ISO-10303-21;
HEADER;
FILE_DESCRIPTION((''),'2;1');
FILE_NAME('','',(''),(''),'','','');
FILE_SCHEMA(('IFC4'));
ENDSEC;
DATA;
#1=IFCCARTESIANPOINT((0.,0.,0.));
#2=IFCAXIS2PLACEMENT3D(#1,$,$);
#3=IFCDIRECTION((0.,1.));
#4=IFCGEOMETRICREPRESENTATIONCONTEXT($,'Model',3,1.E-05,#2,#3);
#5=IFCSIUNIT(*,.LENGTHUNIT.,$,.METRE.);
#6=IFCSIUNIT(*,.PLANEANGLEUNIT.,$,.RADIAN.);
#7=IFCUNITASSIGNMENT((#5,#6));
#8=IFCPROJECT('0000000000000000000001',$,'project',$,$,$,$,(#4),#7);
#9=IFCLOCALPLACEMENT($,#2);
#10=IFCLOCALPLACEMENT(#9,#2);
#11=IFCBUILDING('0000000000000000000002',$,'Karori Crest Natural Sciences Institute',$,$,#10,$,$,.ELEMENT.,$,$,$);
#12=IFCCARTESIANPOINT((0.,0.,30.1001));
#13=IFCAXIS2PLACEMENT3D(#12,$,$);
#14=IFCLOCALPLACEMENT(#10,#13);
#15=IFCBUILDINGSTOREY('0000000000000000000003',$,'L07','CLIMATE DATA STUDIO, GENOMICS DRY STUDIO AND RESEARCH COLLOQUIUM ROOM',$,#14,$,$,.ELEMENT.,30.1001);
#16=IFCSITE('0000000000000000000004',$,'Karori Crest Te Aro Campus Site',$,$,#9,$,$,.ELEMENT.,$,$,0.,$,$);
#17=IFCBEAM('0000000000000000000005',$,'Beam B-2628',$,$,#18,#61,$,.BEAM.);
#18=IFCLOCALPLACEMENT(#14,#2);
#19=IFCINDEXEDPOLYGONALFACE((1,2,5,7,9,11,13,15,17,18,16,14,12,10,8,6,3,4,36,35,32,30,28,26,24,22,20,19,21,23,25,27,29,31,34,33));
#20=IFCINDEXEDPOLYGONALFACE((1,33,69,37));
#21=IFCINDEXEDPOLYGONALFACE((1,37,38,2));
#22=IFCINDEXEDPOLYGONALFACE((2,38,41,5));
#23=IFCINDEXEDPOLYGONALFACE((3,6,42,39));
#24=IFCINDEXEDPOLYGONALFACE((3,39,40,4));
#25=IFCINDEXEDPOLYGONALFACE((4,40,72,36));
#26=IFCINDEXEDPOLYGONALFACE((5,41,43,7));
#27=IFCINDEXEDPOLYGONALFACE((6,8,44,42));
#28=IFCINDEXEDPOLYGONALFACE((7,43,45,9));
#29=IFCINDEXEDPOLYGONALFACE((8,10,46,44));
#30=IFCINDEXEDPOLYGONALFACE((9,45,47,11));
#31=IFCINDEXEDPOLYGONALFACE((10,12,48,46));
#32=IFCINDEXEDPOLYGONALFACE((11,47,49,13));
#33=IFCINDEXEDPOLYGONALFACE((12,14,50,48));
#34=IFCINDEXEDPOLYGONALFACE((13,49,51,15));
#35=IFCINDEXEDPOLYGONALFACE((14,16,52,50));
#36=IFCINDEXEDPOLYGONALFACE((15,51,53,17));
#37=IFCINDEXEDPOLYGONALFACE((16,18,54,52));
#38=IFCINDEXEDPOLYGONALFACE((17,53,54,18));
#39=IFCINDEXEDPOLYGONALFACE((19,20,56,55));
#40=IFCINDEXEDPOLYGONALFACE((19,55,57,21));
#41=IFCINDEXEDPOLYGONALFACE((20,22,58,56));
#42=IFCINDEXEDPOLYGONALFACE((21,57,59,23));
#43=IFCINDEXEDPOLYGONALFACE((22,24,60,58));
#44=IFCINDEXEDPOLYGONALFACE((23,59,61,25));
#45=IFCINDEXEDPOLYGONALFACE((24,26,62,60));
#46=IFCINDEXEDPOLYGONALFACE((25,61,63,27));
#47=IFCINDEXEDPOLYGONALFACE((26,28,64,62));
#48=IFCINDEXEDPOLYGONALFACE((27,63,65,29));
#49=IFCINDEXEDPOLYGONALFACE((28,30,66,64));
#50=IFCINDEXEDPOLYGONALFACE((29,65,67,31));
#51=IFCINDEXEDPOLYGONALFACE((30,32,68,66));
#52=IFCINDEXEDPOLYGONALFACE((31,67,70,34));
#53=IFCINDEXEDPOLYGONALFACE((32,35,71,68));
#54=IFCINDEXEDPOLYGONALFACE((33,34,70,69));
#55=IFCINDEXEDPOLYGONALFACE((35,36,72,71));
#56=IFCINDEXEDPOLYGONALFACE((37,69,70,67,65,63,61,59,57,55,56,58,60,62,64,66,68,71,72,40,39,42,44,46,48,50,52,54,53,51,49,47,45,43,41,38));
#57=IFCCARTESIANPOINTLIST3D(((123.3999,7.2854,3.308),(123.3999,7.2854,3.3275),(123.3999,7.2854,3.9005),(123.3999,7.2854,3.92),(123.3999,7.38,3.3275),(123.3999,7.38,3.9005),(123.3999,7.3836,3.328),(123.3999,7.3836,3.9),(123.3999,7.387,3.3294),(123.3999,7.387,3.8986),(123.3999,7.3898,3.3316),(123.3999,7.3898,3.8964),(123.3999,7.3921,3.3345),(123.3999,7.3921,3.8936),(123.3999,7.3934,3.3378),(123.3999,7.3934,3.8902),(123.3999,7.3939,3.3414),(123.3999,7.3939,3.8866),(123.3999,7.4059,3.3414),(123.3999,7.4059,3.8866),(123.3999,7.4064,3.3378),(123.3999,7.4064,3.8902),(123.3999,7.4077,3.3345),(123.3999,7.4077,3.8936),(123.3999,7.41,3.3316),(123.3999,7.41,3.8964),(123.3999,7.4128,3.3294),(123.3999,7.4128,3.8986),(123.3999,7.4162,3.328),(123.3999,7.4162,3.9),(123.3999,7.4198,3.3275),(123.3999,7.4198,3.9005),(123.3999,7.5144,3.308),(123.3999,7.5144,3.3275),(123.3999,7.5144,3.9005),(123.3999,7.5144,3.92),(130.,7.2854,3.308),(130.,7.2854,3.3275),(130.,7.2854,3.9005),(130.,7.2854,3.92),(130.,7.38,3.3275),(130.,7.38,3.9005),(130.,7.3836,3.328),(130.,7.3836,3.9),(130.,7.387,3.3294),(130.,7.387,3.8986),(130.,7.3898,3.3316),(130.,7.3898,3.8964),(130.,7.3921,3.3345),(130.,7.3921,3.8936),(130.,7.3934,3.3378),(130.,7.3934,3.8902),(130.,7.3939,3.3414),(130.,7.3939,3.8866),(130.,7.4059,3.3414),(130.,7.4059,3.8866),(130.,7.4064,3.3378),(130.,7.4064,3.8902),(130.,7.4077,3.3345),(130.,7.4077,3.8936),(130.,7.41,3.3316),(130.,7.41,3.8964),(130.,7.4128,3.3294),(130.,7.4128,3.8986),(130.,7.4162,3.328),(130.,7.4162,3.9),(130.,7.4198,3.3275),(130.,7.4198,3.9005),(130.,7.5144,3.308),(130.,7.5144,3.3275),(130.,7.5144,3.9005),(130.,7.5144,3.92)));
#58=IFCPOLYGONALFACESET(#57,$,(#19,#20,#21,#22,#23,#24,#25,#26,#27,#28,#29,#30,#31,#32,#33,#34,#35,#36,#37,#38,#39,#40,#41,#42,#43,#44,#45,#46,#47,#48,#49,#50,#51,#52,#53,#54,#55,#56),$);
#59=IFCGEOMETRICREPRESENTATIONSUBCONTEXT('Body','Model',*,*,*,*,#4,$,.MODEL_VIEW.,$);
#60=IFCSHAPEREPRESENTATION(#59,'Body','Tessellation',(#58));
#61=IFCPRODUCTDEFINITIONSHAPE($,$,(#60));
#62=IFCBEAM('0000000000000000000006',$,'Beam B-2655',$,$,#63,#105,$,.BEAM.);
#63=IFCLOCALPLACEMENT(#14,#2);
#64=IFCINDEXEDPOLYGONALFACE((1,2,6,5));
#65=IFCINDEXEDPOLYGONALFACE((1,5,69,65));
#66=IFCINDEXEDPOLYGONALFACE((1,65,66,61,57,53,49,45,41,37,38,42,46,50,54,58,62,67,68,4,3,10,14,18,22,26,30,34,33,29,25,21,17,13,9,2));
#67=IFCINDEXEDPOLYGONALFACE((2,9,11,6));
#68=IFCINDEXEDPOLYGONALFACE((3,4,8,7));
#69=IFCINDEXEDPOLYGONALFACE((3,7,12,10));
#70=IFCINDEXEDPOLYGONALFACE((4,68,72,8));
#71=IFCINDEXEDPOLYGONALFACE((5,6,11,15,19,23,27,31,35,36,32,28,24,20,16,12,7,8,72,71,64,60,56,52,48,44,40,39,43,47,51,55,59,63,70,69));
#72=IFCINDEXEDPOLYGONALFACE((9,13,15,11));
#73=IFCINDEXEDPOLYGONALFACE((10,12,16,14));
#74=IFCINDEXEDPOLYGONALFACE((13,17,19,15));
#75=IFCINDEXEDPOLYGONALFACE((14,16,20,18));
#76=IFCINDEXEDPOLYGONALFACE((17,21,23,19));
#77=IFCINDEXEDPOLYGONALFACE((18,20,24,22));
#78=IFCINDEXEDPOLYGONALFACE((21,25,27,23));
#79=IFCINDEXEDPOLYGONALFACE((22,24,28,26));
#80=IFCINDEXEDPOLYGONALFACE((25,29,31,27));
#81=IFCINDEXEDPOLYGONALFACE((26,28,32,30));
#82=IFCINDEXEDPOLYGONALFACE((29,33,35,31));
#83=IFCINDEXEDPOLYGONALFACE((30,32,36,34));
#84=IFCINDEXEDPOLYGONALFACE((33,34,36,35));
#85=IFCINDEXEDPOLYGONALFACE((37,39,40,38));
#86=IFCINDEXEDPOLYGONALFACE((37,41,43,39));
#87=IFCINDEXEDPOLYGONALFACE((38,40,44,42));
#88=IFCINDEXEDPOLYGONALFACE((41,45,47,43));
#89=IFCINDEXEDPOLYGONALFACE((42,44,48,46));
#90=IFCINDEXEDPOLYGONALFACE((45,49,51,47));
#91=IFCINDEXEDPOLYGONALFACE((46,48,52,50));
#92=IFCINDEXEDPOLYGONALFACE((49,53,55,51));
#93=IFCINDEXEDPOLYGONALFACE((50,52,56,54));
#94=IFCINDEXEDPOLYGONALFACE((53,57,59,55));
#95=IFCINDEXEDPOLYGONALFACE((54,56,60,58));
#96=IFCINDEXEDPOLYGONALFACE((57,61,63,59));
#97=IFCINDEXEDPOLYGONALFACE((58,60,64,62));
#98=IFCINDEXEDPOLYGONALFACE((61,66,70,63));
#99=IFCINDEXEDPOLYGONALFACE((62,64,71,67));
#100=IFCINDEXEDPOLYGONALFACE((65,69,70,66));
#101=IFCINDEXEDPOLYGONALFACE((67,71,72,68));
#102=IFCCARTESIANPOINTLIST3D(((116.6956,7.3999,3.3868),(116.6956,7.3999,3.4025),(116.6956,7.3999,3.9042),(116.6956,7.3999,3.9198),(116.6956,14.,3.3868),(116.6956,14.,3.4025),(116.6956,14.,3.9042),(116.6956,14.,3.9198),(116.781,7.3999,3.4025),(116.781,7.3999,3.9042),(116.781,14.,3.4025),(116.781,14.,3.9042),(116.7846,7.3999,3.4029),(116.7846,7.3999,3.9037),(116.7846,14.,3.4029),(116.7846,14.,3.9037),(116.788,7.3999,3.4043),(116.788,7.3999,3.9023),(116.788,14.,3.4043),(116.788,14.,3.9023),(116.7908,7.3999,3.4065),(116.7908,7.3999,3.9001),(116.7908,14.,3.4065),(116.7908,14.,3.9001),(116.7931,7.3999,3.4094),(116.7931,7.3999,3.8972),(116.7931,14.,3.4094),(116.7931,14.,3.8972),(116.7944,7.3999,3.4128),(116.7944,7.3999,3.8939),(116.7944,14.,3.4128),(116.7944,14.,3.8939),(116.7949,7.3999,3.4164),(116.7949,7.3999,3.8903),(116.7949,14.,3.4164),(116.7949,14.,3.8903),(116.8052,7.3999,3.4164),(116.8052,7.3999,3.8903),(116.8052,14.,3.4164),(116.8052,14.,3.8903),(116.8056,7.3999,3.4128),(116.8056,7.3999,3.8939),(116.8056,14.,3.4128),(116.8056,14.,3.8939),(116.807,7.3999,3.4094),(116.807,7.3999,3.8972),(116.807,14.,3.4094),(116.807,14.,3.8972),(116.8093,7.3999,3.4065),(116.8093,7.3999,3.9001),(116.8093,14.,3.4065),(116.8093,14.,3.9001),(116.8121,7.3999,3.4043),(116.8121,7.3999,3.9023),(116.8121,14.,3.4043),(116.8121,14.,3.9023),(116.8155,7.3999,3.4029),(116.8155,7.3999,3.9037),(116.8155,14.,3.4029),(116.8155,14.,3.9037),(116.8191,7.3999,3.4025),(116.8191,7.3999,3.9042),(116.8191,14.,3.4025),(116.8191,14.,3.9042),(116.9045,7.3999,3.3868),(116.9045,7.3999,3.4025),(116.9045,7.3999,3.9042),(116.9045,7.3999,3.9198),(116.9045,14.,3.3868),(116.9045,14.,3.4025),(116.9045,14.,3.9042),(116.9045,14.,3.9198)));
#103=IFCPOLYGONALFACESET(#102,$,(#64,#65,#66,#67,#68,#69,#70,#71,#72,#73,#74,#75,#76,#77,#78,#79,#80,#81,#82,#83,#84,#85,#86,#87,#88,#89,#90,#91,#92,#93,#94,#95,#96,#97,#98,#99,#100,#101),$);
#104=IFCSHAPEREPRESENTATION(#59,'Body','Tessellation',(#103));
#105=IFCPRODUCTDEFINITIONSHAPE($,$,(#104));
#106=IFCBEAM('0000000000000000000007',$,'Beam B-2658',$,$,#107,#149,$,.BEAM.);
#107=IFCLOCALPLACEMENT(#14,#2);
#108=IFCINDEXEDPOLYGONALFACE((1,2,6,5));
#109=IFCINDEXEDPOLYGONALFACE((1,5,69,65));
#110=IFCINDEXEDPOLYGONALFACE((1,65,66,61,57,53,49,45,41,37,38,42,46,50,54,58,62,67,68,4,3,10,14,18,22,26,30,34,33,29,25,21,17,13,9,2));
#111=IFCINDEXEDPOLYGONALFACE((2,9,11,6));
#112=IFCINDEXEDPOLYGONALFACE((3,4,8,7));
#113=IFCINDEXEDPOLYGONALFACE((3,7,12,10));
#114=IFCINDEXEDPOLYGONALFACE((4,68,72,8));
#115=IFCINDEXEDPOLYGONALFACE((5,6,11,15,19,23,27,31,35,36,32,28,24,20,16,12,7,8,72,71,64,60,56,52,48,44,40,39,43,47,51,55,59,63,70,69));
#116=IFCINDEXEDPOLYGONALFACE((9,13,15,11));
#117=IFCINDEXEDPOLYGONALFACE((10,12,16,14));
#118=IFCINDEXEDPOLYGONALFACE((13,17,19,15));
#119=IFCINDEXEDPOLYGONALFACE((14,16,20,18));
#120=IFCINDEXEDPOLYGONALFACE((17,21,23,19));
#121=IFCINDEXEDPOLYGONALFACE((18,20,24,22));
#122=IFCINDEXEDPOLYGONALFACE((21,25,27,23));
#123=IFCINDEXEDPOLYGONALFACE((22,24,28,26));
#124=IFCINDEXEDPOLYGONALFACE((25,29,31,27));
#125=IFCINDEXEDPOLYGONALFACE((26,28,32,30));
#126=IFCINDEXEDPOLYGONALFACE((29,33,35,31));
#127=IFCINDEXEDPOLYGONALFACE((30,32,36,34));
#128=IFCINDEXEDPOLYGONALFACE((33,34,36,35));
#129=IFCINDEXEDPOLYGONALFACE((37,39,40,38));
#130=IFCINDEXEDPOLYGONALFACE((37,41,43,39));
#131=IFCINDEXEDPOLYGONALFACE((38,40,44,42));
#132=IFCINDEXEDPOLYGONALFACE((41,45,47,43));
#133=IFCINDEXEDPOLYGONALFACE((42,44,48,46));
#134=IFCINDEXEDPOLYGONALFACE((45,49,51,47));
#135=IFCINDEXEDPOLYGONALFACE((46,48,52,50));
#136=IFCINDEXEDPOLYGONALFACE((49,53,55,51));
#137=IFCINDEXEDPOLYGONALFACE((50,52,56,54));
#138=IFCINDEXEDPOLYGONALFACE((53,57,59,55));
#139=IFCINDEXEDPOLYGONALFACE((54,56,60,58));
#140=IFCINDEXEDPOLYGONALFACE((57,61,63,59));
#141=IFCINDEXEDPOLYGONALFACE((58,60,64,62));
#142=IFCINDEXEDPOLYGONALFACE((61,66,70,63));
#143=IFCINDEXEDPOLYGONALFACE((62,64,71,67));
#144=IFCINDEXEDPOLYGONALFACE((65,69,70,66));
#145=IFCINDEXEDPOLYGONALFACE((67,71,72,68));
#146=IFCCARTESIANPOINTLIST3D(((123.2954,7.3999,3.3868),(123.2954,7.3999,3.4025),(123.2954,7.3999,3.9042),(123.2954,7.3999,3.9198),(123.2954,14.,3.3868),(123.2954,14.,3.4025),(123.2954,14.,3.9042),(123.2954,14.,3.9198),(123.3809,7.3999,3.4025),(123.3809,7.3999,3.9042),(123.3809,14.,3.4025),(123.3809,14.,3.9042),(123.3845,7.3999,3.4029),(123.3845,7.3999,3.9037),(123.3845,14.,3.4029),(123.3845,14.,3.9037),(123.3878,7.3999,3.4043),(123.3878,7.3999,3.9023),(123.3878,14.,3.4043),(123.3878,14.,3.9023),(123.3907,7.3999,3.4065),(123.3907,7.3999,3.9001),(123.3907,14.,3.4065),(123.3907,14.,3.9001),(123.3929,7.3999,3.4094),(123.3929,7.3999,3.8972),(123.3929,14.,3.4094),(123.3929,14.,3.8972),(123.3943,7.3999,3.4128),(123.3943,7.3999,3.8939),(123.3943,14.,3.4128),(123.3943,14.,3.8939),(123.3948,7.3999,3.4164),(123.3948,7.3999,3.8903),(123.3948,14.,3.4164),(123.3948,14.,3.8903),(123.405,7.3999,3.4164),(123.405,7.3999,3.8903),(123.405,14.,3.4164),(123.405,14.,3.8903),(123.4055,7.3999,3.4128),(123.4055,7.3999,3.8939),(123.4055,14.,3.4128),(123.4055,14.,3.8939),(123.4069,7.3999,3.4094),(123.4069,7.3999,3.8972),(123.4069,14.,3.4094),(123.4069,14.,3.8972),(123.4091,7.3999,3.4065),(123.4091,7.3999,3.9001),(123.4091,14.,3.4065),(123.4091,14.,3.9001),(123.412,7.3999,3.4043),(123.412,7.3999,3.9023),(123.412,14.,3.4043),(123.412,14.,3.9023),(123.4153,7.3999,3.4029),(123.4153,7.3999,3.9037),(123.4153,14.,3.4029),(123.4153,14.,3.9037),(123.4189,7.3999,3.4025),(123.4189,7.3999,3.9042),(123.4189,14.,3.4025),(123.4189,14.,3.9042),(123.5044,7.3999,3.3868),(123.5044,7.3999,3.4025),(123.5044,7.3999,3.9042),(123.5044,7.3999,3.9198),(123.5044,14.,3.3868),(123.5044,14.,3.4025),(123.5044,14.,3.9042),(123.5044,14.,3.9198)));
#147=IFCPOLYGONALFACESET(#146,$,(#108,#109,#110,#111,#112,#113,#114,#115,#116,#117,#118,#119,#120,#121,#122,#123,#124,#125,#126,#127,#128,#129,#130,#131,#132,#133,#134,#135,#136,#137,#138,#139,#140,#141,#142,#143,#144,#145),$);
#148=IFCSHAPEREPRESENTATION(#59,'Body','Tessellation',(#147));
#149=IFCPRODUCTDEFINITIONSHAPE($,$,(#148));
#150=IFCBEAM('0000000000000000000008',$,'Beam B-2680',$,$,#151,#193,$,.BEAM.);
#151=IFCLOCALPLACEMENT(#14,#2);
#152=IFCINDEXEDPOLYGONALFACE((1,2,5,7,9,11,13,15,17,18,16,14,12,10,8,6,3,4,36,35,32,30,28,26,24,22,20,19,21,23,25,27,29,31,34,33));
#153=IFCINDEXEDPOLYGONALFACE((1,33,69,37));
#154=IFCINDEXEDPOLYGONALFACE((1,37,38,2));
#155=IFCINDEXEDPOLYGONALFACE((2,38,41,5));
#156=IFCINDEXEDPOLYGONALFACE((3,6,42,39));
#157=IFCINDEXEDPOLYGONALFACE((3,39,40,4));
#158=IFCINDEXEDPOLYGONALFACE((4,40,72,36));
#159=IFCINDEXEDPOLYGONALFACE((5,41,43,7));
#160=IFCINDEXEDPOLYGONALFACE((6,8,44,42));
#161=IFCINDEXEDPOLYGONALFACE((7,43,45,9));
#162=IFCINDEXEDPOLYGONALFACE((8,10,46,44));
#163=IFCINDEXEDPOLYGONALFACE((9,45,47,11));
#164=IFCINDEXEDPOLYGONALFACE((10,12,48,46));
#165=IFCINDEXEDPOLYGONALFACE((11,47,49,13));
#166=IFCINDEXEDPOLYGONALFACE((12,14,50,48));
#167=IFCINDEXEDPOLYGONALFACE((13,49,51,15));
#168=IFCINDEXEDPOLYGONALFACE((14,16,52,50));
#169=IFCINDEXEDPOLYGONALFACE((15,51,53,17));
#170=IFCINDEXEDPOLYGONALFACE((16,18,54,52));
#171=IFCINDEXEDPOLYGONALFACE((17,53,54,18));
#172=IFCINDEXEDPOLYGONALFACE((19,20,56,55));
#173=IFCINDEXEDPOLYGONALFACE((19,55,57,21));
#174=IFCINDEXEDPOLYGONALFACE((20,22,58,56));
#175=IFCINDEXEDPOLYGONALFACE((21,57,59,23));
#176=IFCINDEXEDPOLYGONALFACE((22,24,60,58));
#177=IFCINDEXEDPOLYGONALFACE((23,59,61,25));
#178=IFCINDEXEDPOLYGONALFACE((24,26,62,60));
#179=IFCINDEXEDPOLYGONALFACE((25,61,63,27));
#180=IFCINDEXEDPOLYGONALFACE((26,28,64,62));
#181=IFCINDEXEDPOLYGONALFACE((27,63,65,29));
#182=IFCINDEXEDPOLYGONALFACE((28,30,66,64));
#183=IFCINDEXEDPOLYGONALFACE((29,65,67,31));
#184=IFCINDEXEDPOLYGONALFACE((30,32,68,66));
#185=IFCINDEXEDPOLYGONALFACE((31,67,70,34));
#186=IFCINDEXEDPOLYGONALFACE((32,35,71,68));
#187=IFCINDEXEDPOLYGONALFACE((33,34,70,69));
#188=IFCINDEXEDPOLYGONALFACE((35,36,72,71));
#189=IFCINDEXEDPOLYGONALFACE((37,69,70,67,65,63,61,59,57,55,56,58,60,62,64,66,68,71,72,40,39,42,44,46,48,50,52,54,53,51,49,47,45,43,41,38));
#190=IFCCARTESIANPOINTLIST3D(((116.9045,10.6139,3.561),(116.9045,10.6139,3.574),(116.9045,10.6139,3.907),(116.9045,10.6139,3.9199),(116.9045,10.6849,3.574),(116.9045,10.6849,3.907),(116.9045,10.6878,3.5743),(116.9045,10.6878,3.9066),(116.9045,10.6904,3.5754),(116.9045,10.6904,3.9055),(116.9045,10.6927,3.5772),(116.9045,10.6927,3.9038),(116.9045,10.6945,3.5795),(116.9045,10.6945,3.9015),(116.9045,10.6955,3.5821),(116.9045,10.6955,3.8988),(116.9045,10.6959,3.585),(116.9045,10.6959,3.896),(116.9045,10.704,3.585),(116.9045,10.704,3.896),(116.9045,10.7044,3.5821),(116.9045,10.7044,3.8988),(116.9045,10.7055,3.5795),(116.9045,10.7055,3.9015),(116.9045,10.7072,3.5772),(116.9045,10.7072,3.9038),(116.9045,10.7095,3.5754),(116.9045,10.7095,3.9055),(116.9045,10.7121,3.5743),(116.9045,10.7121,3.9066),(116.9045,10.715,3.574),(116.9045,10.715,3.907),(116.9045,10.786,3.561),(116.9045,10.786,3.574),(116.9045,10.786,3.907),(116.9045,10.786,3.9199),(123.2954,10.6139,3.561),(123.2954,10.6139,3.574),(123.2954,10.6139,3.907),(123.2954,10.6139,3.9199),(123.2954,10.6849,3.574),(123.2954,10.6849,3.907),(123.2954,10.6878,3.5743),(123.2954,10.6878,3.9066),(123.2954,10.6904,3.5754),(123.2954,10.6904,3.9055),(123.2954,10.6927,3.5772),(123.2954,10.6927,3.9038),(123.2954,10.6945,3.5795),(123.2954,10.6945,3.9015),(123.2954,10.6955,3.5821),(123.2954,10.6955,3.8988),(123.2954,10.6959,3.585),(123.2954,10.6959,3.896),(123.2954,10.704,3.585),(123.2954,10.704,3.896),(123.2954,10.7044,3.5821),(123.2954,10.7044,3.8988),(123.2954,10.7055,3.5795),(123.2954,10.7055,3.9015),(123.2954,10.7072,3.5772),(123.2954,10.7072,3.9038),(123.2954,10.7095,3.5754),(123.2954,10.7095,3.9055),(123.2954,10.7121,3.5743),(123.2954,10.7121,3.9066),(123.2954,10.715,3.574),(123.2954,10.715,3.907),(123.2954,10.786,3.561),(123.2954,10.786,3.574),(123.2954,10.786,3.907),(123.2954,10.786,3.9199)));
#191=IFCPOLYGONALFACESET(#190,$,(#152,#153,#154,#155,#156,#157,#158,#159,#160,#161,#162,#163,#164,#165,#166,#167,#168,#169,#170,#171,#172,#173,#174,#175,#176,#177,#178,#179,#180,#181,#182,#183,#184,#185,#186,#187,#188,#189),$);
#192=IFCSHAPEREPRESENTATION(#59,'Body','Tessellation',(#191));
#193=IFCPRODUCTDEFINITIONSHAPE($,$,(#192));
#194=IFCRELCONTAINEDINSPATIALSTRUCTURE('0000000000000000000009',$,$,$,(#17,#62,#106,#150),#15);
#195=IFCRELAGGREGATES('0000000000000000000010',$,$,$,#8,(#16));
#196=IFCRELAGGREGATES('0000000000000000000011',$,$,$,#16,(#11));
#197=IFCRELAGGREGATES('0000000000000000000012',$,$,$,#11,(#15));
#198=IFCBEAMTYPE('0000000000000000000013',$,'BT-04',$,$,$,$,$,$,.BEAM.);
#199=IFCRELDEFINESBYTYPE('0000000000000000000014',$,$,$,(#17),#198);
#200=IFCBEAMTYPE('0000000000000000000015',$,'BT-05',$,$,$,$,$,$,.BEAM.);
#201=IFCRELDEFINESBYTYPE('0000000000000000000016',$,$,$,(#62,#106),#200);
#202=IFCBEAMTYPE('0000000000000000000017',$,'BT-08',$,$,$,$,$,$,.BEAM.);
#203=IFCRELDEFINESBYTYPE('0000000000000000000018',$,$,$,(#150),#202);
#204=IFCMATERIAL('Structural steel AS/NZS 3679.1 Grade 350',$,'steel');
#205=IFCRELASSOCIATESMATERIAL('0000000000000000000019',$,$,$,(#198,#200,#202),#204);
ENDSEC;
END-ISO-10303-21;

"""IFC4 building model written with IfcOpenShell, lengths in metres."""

from ifc_helpers import new_model, si_unit, direction, frame, origin, origin_2d, place, context, subcontext, project, spatial, i_section, extrude, material, material_profile, profile_set, type_object, element, save


model = new_model("IFC4")

# Units and contexts
model_context = context("Model", 3, precision=1e-05, world=origin(), true_north=direction((0.0, 1.0)))
body_context = subcontext(model_context, "Body", "Model", "MODEL_VIEW")
ifc_project = project(units=[si_unit("LENGTHUNIT", "METRE"), si_unit("PLANEANGLEUNIT", "RADIAN")], contexts=[model_context])

# Site, building, storey
site_placement = place(None, origin())
site = spatial("IfcSite", under=ifc_project, at=site_placement, Name="Karori Crest Te Aro Campus Site", CompositionType="ELEMENT", RefElevation=0.0)
building_placement = place(site_placement, origin())
building = spatial("IfcBuilding", under=site, at=building_placement, Name="Karori Crest Natural Sciences Institute", CompositionType="ELEMENT")
storey_placement = place(building_placement, frame((0.0, 0.0, 30.1001)))
storey = spatial("IfcBuildingStorey", under=building, at=storey_placement, Name="L07", Description="CLIMATE DATA STUDIO, GENOMICS DRY STUDIO AND RESEARCH COLLOQUIUM ROOM", CompositionType="ELEMENT", Elevation=30.1001)

# Shared definitions
ifc_material_1 = material(Name="Structural steel AS/NZS 3679.1 Grade 350", Category="steel")

# Beams
ifc_material_profile_1 = material_profile(ifc_material_1, i_section(OverallWidth=0.229, OverallDepth=0.6121, WebThickness=0.012, FlangeThickness=0.0195, FilletRadius=0.0139, at=origin_2d()), Name="610UB125")
ifc_profile_set_1 = profile_set([ifc_material_profile_1], Name="Structural steel AS/NZS 3679.1 Grade 350")
beam_type_1 = type_object("IfcBeamType", Name="BT-04", PredefinedType="BEAM", material=ifc_profile_set_1)
beam_1_placement = place(storey_placement, frame((123.3999, 7.3999, 3.614), z_axis=(1.0, 0.0, 0.0), x_axis=(0.0, 1.0, 0.0)))
element("IfcBeam", 1, at=beam_1_placement, inside=storey, type_object=beam_type_1, Name="Beam B-2628", PredefinedType="BEAM", context=body_context, shape_type="SweptSolid", body=[
    extrude(i_section(OverallWidth=0.229, OverallDepth=0.6121, WebThickness=0.012, FlangeThickness=0.0195, FilletRadius=0.0139, at=origin_2d()), origin(), (0.0, 0.0, 1.0), 6.6001),
])
ifc_material_profile_2 = material_profile(ifc_material_1, i_section(OverallWidth=0.209, OverallDepth=0.533, WebThickness=0.0103, FlangeThickness=0.0156, FilletRadius=0.0139, at=origin_2d()), Name="530UB92.4")
ifc_profile_set_2 = profile_set([ifc_material_profile_2], Name="Structural steel AS/NZS 3679.1 Grade 350")
beam_type_2 = type_object("IfcBeamType", Name="BT-05", PredefinedType="BEAM", material=ifc_profile_set_2)
for number, where, z_axis, x_axis, name in (
    (2, (116.8, 7.3999, 3.6533), (0.0, 1.0, 0.0), (-1.0, 0.0, 0.0), "Beam B-2655"),
    (3, (123.3999, 7.3999, 3.6533), (0.0, 1.0, 0.0), (-1.0, 0.0, 0.0), "Beam B-2658"),
):
    element("IfcBeam", number, at=place(storey_placement, frame(where, z_axis=z_axis, x_axis=x_axis)), inside=storey, type_object=beam_type_2, Name=name, PredefinedType="BEAM", context=body_context, shape_type="SweptSolid", body=[
        extrude(i_section(OverallWidth=0.209, OverallDepth=0.533, WebThickness=0.0103, FlangeThickness=0.0156, FilletRadius=0.0139, at=origin_2d()), origin(), (0.0, 0.0, 1.0), 6.6001),
    ])
ifc_material_profile_3 = material_profile(ifc_material_1, i_section(OverallWidth=0.1721, OverallDepth=0.3589, WebThickness=0.0081, FlangeThickness=0.0129, FilletRadius=0.011, at=origin_2d()), Name="360UB56.7")
ifc_profile_set_3 = profile_set([ifc_material_profile_3], Name="Structural steel AS/NZS 3679.1 Grade 350")
beam_type_3 = type_object("IfcBeamType", Name="BT-08", PredefinedType="BEAM", material=ifc_profile_set_3)
beam_2_placement = place(storey_placement, frame((116.9045, 10.7, 3.7405), z_axis=(1.0, 0.0, 0.0), x_axis=(0.0, 1.0, 0.0)))
element("IfcBeam", 4, at=beam_2_placement, inside=storey, type_object=beam_type_3, Name="Beam B-2680", PredefinedType="BEAM", context=body_context, shape_type="SweptSolid", body=[
    extrude(i_section(OverallWidth=0.1721, OverallDepth=0.3589, WebThickness=0.0081, FlangeThickness=0.0129, FilletRadius=0.011, at=origin_2d()), origin(), (0.0, 0.0, 1.0), 6.3909),
])

save(model, "model.ifc")
